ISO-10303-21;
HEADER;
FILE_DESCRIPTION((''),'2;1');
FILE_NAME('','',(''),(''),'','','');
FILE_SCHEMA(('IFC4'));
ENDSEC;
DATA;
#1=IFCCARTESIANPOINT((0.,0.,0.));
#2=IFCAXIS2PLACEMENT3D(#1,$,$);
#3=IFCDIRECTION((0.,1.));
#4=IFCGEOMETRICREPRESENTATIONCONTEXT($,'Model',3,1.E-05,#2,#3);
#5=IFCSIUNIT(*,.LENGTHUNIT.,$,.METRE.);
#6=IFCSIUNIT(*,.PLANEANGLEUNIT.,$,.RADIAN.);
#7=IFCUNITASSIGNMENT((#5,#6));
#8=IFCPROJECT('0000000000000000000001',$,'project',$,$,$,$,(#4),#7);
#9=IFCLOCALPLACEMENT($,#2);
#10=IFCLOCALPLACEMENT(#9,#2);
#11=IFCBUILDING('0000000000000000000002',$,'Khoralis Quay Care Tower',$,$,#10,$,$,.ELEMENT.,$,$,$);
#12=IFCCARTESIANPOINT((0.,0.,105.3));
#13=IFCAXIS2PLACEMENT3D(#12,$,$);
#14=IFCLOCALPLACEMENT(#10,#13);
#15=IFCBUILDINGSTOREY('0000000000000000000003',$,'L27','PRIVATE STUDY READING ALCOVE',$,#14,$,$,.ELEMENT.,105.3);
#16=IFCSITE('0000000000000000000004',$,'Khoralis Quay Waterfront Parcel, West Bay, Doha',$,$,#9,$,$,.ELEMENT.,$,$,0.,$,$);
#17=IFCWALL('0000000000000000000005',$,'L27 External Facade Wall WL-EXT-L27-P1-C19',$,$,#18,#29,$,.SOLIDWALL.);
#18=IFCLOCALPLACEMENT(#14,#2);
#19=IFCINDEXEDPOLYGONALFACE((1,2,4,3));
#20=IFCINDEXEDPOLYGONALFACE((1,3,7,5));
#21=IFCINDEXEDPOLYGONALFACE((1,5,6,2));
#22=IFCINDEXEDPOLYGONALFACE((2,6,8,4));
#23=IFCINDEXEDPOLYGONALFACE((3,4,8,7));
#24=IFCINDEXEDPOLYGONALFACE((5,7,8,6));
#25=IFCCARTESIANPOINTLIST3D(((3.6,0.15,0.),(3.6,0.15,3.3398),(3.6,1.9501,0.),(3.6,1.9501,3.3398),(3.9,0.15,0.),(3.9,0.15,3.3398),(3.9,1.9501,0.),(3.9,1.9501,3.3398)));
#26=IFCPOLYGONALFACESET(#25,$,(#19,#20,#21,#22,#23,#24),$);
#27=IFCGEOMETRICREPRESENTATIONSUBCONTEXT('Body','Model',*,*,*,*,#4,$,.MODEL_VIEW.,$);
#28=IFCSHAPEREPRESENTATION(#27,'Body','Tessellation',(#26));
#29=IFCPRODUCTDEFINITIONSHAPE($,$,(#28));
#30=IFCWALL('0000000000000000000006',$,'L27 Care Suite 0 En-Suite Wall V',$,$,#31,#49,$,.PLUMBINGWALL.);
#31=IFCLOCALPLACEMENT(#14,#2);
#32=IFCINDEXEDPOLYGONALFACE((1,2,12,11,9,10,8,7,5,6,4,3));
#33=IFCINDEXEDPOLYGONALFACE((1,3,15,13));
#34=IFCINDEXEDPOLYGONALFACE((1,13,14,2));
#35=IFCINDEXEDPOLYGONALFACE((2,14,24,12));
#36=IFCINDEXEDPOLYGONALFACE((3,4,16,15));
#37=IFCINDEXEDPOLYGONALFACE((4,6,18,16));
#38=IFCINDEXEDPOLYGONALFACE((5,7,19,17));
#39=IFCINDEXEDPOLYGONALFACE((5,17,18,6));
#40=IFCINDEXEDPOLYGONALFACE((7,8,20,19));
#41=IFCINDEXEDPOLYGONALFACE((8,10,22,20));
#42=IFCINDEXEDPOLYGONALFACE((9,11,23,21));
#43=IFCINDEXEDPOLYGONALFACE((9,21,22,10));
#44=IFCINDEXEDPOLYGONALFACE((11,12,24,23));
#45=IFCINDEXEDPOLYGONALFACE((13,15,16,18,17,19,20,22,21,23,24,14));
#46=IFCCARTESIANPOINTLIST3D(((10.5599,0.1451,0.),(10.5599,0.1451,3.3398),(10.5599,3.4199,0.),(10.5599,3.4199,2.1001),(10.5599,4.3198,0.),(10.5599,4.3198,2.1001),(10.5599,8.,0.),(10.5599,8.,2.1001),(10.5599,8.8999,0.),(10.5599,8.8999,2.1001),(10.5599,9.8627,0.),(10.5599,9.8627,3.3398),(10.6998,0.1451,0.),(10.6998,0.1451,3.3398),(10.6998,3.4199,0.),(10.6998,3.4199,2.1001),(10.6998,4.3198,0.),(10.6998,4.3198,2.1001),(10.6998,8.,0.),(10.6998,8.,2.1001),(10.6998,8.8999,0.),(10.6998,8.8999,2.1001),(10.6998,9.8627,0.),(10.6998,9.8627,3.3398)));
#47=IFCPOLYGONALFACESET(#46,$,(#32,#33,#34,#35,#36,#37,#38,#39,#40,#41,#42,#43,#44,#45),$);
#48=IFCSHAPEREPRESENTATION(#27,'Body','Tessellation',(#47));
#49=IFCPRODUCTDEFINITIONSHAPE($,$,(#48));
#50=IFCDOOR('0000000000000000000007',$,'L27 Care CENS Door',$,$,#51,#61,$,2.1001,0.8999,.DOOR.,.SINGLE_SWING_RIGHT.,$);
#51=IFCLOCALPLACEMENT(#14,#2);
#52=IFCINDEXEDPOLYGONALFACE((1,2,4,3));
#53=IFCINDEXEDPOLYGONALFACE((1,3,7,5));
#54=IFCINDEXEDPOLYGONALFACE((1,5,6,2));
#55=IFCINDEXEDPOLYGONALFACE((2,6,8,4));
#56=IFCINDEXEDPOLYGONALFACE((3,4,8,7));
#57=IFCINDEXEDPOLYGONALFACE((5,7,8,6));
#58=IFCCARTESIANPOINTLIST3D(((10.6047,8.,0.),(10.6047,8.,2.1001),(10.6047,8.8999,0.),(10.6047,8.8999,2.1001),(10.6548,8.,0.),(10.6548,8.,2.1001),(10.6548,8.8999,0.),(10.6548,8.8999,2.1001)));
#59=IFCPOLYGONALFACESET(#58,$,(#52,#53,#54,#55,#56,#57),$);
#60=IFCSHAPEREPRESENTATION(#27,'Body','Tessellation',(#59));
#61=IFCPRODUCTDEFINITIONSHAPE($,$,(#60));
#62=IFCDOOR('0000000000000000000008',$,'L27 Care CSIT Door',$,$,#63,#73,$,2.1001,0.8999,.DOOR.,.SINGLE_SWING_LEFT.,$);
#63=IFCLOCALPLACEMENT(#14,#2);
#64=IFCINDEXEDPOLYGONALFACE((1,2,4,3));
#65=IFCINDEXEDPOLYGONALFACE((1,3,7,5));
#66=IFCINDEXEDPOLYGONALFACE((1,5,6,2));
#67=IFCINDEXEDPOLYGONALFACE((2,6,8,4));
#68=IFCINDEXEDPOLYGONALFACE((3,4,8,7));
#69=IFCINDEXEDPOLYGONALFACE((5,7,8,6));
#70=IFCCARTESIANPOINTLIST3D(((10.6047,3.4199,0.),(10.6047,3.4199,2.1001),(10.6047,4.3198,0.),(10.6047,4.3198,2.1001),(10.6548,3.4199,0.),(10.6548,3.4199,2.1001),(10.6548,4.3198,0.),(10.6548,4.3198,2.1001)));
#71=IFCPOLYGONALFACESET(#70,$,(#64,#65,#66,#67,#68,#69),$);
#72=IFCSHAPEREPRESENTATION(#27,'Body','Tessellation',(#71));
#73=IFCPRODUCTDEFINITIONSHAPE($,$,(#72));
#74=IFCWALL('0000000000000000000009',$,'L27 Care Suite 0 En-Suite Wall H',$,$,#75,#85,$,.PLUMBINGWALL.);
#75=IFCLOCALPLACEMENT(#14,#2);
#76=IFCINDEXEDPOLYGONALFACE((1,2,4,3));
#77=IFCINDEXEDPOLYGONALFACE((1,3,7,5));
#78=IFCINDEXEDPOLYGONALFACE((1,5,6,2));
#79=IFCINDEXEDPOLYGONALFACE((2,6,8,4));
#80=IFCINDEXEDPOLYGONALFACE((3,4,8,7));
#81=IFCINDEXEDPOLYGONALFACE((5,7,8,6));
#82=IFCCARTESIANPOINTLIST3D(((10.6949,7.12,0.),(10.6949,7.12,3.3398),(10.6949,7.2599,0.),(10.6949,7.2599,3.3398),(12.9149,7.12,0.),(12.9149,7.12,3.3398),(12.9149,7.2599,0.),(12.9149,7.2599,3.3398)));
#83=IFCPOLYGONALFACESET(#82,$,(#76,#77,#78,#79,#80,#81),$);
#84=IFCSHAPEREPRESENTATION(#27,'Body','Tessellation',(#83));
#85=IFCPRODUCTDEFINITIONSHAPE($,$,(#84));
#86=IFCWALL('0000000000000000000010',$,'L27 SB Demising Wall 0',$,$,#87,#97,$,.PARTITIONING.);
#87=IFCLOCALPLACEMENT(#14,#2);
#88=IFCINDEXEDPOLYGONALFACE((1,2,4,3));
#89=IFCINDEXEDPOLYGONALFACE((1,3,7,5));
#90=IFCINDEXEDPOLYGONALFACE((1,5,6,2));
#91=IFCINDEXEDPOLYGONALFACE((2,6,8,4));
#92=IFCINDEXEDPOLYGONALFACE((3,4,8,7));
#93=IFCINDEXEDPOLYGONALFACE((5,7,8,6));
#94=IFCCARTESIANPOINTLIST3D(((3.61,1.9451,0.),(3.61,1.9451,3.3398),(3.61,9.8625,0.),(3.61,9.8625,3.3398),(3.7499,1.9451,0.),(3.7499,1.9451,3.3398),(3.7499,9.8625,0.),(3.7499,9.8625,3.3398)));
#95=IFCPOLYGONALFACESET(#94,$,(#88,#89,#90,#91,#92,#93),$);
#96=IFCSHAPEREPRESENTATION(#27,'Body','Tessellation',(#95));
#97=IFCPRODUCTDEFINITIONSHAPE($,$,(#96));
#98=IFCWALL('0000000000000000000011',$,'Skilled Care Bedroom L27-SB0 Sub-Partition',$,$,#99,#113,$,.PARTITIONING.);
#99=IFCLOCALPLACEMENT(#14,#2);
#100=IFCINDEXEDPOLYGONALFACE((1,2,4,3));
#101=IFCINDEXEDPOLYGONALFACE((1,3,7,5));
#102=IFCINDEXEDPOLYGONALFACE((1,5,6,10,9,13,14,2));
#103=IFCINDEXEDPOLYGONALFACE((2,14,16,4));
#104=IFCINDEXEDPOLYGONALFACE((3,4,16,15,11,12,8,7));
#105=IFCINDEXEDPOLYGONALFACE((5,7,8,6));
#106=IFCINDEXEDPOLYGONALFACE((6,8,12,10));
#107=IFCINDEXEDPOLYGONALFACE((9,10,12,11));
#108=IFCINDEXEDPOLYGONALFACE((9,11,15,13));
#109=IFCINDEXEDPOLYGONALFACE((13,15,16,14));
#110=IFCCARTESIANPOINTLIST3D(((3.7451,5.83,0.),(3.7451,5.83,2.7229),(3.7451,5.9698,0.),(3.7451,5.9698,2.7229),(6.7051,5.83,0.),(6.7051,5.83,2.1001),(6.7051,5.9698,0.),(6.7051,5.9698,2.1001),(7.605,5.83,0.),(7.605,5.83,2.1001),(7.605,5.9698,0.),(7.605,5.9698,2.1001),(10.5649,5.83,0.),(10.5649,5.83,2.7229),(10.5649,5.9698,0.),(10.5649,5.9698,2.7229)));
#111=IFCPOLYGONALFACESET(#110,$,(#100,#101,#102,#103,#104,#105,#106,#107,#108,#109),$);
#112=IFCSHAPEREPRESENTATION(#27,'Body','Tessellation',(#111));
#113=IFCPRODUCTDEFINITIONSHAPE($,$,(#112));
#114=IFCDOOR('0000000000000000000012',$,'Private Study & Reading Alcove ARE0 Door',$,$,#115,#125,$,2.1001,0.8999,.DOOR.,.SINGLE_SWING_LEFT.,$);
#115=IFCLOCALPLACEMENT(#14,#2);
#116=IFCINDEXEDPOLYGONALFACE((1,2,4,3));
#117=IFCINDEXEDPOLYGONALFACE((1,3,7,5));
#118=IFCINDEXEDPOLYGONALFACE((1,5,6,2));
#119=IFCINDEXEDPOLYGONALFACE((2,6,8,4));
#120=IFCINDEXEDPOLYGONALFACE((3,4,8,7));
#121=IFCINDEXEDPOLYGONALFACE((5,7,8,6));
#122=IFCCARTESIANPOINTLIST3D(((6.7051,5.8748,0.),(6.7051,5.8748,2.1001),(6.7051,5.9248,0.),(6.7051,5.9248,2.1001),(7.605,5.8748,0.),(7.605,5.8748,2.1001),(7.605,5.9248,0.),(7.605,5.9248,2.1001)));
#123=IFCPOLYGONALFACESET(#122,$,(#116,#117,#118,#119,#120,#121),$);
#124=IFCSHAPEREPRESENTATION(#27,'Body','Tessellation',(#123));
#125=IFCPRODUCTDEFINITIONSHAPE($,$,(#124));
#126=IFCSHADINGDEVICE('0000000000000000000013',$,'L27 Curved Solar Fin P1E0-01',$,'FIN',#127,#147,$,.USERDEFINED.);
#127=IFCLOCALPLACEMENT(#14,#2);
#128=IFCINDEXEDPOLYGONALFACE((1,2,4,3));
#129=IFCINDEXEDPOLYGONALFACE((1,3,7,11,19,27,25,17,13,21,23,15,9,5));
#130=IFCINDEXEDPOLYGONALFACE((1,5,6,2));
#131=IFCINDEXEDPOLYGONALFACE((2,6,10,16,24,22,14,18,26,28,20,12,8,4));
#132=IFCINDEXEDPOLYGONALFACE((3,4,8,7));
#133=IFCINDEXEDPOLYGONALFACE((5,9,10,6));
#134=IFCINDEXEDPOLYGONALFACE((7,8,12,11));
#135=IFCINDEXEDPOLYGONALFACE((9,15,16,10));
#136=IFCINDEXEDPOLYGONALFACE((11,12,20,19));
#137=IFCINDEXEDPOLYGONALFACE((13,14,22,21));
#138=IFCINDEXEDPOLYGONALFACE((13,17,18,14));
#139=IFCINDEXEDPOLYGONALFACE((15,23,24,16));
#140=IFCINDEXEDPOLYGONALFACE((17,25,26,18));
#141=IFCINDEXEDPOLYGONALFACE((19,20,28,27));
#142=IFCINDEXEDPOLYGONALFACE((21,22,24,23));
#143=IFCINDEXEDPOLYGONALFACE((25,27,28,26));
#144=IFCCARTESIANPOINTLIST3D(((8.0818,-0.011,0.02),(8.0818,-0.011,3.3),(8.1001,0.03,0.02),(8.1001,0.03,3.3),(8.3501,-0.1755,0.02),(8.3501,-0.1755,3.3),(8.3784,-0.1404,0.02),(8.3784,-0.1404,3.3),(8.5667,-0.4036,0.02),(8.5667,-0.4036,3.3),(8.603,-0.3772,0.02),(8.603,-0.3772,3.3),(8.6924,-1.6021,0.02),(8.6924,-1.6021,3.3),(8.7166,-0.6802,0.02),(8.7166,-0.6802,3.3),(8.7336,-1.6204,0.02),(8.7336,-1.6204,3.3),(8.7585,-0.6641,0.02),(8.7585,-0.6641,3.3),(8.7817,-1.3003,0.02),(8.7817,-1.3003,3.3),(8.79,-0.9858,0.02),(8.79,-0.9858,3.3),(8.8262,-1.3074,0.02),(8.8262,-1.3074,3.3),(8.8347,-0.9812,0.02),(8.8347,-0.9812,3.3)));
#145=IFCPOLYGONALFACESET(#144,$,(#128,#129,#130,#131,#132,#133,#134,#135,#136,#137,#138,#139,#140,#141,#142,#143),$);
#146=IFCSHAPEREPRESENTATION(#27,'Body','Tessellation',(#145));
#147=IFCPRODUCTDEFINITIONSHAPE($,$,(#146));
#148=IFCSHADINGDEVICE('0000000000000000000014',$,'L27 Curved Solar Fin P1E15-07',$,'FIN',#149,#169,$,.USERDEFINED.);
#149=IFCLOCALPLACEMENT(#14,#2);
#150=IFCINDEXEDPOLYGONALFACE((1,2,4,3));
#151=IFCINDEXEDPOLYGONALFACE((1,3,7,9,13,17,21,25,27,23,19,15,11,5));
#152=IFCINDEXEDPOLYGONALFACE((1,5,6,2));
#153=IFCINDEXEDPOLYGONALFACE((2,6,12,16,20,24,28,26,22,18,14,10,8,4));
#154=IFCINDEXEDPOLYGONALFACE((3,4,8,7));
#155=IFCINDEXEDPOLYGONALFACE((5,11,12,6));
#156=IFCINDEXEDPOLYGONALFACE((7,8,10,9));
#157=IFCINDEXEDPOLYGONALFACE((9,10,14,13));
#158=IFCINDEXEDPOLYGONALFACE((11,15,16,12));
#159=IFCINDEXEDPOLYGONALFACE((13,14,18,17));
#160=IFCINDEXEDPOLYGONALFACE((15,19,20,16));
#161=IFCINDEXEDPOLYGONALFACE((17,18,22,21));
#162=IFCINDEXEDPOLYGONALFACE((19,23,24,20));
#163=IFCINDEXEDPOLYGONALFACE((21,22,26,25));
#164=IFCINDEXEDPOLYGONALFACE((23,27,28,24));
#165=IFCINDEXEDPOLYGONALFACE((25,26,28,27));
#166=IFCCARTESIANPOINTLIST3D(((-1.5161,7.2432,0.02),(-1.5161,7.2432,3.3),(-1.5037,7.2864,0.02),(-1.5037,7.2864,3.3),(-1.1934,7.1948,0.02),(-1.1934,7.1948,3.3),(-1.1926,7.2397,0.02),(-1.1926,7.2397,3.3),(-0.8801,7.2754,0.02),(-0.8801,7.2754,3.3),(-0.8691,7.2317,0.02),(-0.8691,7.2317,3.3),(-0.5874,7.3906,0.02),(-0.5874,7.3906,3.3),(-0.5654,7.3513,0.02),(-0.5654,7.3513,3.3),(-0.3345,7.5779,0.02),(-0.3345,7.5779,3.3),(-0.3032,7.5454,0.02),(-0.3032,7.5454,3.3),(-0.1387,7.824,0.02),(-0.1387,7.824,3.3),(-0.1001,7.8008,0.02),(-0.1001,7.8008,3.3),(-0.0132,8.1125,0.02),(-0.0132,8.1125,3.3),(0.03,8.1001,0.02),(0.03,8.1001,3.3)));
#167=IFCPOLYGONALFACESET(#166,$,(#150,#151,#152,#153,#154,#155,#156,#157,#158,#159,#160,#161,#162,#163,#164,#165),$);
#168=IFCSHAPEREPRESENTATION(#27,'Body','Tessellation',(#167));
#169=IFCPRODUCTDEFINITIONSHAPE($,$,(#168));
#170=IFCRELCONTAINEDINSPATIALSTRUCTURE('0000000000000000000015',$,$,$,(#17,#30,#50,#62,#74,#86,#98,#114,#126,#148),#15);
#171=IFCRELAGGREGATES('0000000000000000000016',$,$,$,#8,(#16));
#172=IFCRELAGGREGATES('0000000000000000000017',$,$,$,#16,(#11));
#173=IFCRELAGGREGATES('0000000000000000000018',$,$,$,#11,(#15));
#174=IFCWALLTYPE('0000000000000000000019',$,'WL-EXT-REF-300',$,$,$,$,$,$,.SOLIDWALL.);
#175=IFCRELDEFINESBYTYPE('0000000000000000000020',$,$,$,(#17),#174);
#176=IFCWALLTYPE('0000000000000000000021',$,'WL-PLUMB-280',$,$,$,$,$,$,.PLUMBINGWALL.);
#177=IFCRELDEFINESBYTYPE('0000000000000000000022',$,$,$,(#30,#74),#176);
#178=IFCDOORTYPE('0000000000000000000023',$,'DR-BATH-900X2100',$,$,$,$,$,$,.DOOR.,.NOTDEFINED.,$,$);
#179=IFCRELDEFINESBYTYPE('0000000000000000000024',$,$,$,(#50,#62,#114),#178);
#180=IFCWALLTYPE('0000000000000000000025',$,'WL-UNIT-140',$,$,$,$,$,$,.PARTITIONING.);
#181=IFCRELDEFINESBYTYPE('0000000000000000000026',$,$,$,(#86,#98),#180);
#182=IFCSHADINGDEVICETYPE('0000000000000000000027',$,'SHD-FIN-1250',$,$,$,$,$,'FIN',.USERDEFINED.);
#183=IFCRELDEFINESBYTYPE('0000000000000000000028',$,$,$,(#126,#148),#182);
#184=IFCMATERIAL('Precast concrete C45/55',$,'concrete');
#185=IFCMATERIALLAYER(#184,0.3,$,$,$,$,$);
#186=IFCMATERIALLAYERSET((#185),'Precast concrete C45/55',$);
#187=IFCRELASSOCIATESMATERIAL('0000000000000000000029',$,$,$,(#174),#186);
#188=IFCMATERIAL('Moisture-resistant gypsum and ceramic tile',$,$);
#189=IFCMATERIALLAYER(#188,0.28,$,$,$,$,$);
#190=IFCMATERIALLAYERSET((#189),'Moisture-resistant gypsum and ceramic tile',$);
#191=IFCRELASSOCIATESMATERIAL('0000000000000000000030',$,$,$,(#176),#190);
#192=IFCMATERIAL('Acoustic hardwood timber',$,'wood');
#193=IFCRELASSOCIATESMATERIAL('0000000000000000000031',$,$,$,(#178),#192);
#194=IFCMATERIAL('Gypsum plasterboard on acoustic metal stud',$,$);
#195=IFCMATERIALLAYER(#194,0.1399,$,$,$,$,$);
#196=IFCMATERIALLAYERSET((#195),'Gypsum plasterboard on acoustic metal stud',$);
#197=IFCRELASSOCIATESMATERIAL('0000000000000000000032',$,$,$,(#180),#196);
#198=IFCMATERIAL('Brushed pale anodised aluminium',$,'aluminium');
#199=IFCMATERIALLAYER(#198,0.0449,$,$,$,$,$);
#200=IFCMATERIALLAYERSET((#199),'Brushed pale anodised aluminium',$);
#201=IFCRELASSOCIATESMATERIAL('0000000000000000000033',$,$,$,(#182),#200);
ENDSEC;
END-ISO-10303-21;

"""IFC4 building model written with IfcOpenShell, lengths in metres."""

from ifc_helpers import new_model, si_unit, direction, frame, frame_2d, origin, place, context, subcontext, project, spatial, polyline, rectangle, outline, extrude, source, transform, mapped, material, layer, layer_set, type_object, element, fill, save


model = new_model("IFC4")

# Units and contexts
model_context = context("Model", 3, precision=1e-05, world=origin(), true_north=direction((0.0, 1.0)))
body_context = subcontext(model_context, "Body", "Model", "MODEL_VIEW")
ifc_project = project(units=[si_unit("LENGTHUNIT", "METRE"), si_unit("PLANEANGLEUNIT", "RADIAN")], contexts=[model_context])

# Site, building, storey
site_placement = place(None, origin())
site = spatial("IfcSite", under=ifc_project, at=site_placement, Name="Khoralis Quay Waterfront Parcel, West Bay, Doha", CompositionType="ELEMENT", RefElevation=0.0)
building_placement = place(site_placement, origin())
building = spatial("IfcBuilding", under=site, at=building_placement, Name="Khoralis Quay Care Tower", CompositionType="ELEMENT")
storey_placement = place(building_placement, frame((0.0, 0.0, 105.3)))
storey = spatial("IfcBuildingStorey", under=building, at=storey_placement, Name="L27", Description="PRIVATE STUDY READING ALCOVE", CompositionType="ELEMENT", Elevation=105.3)

# Shared definitions
ifc_material_1 = material(Name="Precast concrete C45/55", Category="concrete")

# Shared definitions
ifc_layer_1 = layer(ifc_material_1, 0.3)
ifc_layer_set_1 = layer_set([ifc_layer_1], Name="Precast concrete C45/55")
wall_type_1 = type_object("IfcWallType", Name="WL-EXT-REF-300", PredefinedType="SOLIDWALL", material=ifc_layer_set_1)

# Wall
for number, where, z_axis, x_axis, name in (
    (1, (3.75, 1.95, 0.0), (0.0, 0.0, 1.0), (0.0, -1.0, 0.0), "L27 External Facade Wall WL-EXT-L27-P1-C19"),
):
    element("IfcWall", number, at=place(storey_placement, frame(where, z_axis=z_axis, x_axis=x_axis)), inside=storey, type_object=wall_type_1, Name=name, PredefinedType="SOLIDWALL", context=body_context, shape_type="SweptSolid", body=[
        extrude(rectangle(XDim=1.8, YDim=0.3, at=frame_2d((0.8999, 0.0))), origin(), (0.0, 0.0, 1.0), 3.3398),
    ])

# Wall, openings, doors
ifc_material_2 = material(Name="Moisture-resistant gypsum and ceramic tile")
ifc_layer_2 = layer(ifc_material_2, 0.28)
ifc_layer_set_2 = layer_set([ifc_layer_2], Name="Moisture-resistant gypsum and ceramic tile")
wall_type_2 = type_object("IfcWallType", Name="WL-PLUMB-280", PredefinedType="PLUMBINGWALL", material=ifc_layer_set_2)
wall_1_placement = place(storey_placement, frame((10.6299, 0.145, 0.0), z_axis=(0.0, 0.0, 1.0), x_axis=(0.0, 1.0, 0.0)))
wall_1 = element("IfcWall", 2, at=wall_1_placement, inside=storey, type_object=wall_type_2, Name="L27 Care Suite 0 En-Suite Wall V", PredefinedType="PLUMBINGWALL", context=body_context, shape_type="SweptSolid", body=[
    extrude(rectangle(XDim=9.7175, YDim=0.1399, at=frame_2d((4.8589, 0.0))), origin(), (0.0, 0.0, 1.0), 3.3398),
])
opening_1_placement = place(wall_1_placement, frame((7.855, 0.0, 0.0)))
opening_1 = element("IfcOpeningElement", 3, at=opening_1_placement, cuts=wall_1, PredefinedType="OPENING", context=body_context, shape_type="SweptSolid", body=[
    extrude(rectangle(XDim=0.8999, YDim=2.1001, at=frame_2d((0.45, 1.05))), frame((0.0, 0.0801, 0.0), z_axis=(0.0, -1.0, 0.0), x_axis=(1.0, 0.0, 0.0)), (0.0, 0.0, 1.0), 0.1599),
])
opening_2_placement = place(wall_1_placement, frame((3.2749, 0.0, 0.0)))
opening_2 = element("IfcOpeningElement", 4, at=opening_2_placement, cuts=wall_1, PredefinedType="OPENING", context=body_context, shape_type="SweptSolid", body=[
    extrude(rectangle(XDim=0.8999, YDim=2.1001, at=frame_2d((0.45, 1.05))), frame((0.0, 0.0801, 0.0), z_axis=(0.0, -1.0, 0.0), x_axis=(1.0, 0.0, 0.0)), (0.0, 0.0, 1.0), 0.1599),
])
ifc_material_3 = material(Name="Acoustic hardwood timber", Category="wood")
door_type = type_object("IfcDoorType", Name="DR-BATH-900X2100", OperationType="NOTDEFINED", PredefinedType="DOOR", material=ifc_material_3)
shared_shape_1 = source(origin(), body_context, "Body", "SweptSolid", [
    extrude(rectangle(XDim=0.8999, YDim=2.1001, at=frame_2d((0.45, 1.05))), frame((0.0, 0.0249, 0.0), z_axis=(0.0, -1.0, 0.0), x_axis=(1.0, 0.0, 0.0)), (0.0, 0.0, 1.0), 0.05),
])
door_1_placement = place(opening_1_placement, frame((0.8999, 0.0, 0.0), z_axis=(0.0, 0.0, 1.0), x_axis=(-1.0, 0.0, 0.0)))
door_1 = element("IfcDoor", 5, at=door_1_placement, inside=storey, type_object=door_type, Name="L27 Care CENS Door", OperationType="SINGLE_SWING_RIGHT", OverallHeight=2.1001, OverallWidth=0.8999, PredefinedType="DOOR", context=body_context, shape_type="MappedRepresentation", body=[
    mapped(shared_shape_1, transform((0.0, 0.0, 0.0), scale=1.0)),
])
fill(opening_1, door_1)
door_2_placement = place(opening_2_placement, frame((0.8999, 0.0, 0.0), z_axis=(0.0, 0.0, 1.0), x_axis=(-1.0, 0.0, 0.0)))
door_2 = element("IfcDoor", 6, at=door_2_placement, inside=storey, type_object=door_type, Name="L27 Care CSIT Door", OperationType="SINGLE_SWING_LEFT", OverallHeight=2.1001, OverallWidth=0.8999, PredefinedType="DOOR", context=body_context, shape_type="MappedRepresentation", body=[
    mapped(shared_shape_1, transform((0.0, 0.0, 0.0), scale=1.0)),
])
fill(opening_2, door_2)

# Walls
wall_2_placement = place(storey_placement, frame((10.6951, 7.1899, 0.0), z_axis=(0.0, 0.0, 1.0), x_axis=(1.0, 0.0, 0.0)))
element("IfcWall", 7, at=wall_2_placement, inside=storey, type_object=wall_type_2, Name="L27 Care Suite 0 En-Suite Wall H", PredefinedType="PLUMBINGWALL", context=body_context, shape_type="SweptSolid", body=[
    extrude(rectangle(XDim=2.22, YDim=0.1399, at=frame_2d((1.1099, 0.0))), origin(), (0.0, 0.0, 1.0), 3.3398),
])
ifc_material_4 = material(Name="Gypsum plasterboard on acoustic metal stud")
ifc_layer_3 = layer(ifc_material_4, 0.1399)
ifc_layer_set_3 = layer_set([ifc_layer_3], Name="Gypsum plasterboard on acoustic metal stud")
wall_type_3 = type_object("IfcWallType", Name="WL-UNIT-140", PredefinedType="PARTITIONING", material=ifc_layer_set_3)
wall_3_placement = place(storey_placement, frame((3.6799, 1.9451, 0.0), z_axis=(0.0, 0.0, 1.0), x_axis=(0.0, 1.0, 0.0)))
element("IfcWall", 8, at=wall_3_placement, inside=storey, type_object=wall_type_3, Name="L27 SB Demising Wall 0", PredefinedType="PARTITIONING", context=body_context, shape_type="SweptSolid", body=[
    extrude(rectangle(XDim=7.9175, YDim=0.1399, at=frame_2d((3.9587, 0.0))), origin(), (0.0, 0.0, 1.0), 3.3398),
])

# Wall, opening, door
wall_4_placement = place(storey_placement, frame((3.7451, 5.8999, 0.0), z_axis=(0.0, 0.0, 1.0), x_axis=(1.0, 0.0, 0.0)))
wall_4 = element("IfcWall", 9, at=wall_4_placement, inside=storey, type_object=wall_type_3, Name="Skilled Care Bedroom L27-SB0 Sub-Partition", PredefinedType="PARTITIONING", context=body_context, shape_type="SweptSolid", body=[
    extrude(rectangle(XDim=6.8198, YDim=0.1399, at=frame_2d((3.4099, 0.0))), origin(), (0.0, 0.0, 1.0), 2.7229),
])
opening_3_placement = place(wall_4_placement, frame((2.96, 0.0, 0.0)))
opening_3 = element("IfcOpeningElement", 10, at=opening_3_placement, cuts=wall_4, PredefinedType="OPENING", context=body_context, shape_type="SweptSolid", body=[
    extrude(rectangle(XDim=0.8999, YDim=2.1001, at=frame_2d((0.45, 1.05))), frame((0.0, 0.0801, 0.0), z_axis=(0.0, -1.0, 0.0), x_axis=(1.0, 0.0, 0.0)), (0.0, 0.0, 1.0), 0.1599),
])
door_3_placement = place(opening_3_placement, origin())
door_3 = element("IfcDoor", 11, at=door_3_placement, inside=storey, type_object=door_type, Name="Private Study & Reading Alcove ARE0 Door", OperationType="SINGLE_SWING_LEFT", OverallHeight=2.1001, OverallWidth=0.8999, PredefinedType="DOOR", context=body_context, shape_type="MappedRepresentation", body=[
    mapped(shared_shape_1, transform((0.0, 0.0, 0.0), scale=1.0)),
])
fill(opening_3, door_3)

# Shading devices
ifc_material_5 = material(Name="Brushed pale anodised aluminium", Category="aluminium")
ifc_layer_4 = layer(ifc_material_5, 0.0449)
ifc_layer_set_4 = layer_set([ifc_layer_4], Name="Brushed pale anodised aluminium")
shading_device_type = type_object("IfcShadingDeviceType", Name="SHD-FIN-1250", ElementType="FIN", PredefinedType="USERDEFINED", material=ifc_layer_set_4)
shared_shape_2 = source(origin(), body_context, "Body", "SweptSolid", [
    extrude(outline(polyline([(0.0, 0.0), (0.1704, 0.2783), (0.4072, 0.5029), (0.6941, 0.6584), (1.0112, 0.7346), (1.3374, 0.7261), (1.6504, 0.6335), (1.6321, 0.5923), (1.3303, 0.6816), (1.0159, 0.6899), (0.7102, 0.6165), (0.4336, 0.4666), (0.2056, 0.25), (0.041, -0.0183), (0.0, 0.0)])), origin(), (0.0, 0.0, 1.0), 3.28),
])
shading_device_1_placement = place(storey_placement, frame((8.1001, 0.03, 0.02), z_axis=(0.0, 0.0, 1.0), x_axis=(0.0, -1.0, 0.0)))
element("IfcShadingDevice", 12, at=shading_device_1_placement, inside=storey, type_object=shading_device_type, Name="L27 Curved Solar Fin P1E0-01", ObjectType="FIN", PredefinedType="USERDEFINED", context=body_context, shape_type="MappedRepresentation", body=[
    mapped(shared_shape_2, transform((0.0, 0.0, 0.0), scale=1.0)),
])
shared_shape_3 = source(origin(), body_context, "Body", "SweptSolid", [
    extrude(outline(polyline([(0.0, 0.0), (0.1301, 0.2993), (0.3333, 0.5547), (0.5955, 0.7488), (0.8992, 0.8684), (1.2234, 0.9053), (1.5461, 0.8569), (1.5337, 0.8137), (1.2227, 0.8604), (0.9102, 0.8247), (0.6174, 0.7095), (0.3645, 0.5222), (0.1687, 0.2761), (0.0432, -0.0125), (0.0, 0.0)])), origin(), (0.0, 0.0, 1.0), 3.28),
])
shading_device_2_placement = place(storey_placement, frame((0.03, 8.1001, 0.02), z_axis=(0.0, 0.0, 1.0), x_axis=(-1.0, 0.0, 0.0)))
element("IfcShadingDevice", 13, at=shading_device_2_placement, inside=storey, type_object=shading_device_type, Name="L27 Curved Solar Fin P1E15-07", ObjectType="FIN", PredefinedType="USERDEFINED", context=body_context, shape_type="MappedRepresentation", body=[
    mapped(shared_shape_3, transform((0.0, 0.0, 0.0), scale=1.0)),
])

save(model, "model.ifc")
